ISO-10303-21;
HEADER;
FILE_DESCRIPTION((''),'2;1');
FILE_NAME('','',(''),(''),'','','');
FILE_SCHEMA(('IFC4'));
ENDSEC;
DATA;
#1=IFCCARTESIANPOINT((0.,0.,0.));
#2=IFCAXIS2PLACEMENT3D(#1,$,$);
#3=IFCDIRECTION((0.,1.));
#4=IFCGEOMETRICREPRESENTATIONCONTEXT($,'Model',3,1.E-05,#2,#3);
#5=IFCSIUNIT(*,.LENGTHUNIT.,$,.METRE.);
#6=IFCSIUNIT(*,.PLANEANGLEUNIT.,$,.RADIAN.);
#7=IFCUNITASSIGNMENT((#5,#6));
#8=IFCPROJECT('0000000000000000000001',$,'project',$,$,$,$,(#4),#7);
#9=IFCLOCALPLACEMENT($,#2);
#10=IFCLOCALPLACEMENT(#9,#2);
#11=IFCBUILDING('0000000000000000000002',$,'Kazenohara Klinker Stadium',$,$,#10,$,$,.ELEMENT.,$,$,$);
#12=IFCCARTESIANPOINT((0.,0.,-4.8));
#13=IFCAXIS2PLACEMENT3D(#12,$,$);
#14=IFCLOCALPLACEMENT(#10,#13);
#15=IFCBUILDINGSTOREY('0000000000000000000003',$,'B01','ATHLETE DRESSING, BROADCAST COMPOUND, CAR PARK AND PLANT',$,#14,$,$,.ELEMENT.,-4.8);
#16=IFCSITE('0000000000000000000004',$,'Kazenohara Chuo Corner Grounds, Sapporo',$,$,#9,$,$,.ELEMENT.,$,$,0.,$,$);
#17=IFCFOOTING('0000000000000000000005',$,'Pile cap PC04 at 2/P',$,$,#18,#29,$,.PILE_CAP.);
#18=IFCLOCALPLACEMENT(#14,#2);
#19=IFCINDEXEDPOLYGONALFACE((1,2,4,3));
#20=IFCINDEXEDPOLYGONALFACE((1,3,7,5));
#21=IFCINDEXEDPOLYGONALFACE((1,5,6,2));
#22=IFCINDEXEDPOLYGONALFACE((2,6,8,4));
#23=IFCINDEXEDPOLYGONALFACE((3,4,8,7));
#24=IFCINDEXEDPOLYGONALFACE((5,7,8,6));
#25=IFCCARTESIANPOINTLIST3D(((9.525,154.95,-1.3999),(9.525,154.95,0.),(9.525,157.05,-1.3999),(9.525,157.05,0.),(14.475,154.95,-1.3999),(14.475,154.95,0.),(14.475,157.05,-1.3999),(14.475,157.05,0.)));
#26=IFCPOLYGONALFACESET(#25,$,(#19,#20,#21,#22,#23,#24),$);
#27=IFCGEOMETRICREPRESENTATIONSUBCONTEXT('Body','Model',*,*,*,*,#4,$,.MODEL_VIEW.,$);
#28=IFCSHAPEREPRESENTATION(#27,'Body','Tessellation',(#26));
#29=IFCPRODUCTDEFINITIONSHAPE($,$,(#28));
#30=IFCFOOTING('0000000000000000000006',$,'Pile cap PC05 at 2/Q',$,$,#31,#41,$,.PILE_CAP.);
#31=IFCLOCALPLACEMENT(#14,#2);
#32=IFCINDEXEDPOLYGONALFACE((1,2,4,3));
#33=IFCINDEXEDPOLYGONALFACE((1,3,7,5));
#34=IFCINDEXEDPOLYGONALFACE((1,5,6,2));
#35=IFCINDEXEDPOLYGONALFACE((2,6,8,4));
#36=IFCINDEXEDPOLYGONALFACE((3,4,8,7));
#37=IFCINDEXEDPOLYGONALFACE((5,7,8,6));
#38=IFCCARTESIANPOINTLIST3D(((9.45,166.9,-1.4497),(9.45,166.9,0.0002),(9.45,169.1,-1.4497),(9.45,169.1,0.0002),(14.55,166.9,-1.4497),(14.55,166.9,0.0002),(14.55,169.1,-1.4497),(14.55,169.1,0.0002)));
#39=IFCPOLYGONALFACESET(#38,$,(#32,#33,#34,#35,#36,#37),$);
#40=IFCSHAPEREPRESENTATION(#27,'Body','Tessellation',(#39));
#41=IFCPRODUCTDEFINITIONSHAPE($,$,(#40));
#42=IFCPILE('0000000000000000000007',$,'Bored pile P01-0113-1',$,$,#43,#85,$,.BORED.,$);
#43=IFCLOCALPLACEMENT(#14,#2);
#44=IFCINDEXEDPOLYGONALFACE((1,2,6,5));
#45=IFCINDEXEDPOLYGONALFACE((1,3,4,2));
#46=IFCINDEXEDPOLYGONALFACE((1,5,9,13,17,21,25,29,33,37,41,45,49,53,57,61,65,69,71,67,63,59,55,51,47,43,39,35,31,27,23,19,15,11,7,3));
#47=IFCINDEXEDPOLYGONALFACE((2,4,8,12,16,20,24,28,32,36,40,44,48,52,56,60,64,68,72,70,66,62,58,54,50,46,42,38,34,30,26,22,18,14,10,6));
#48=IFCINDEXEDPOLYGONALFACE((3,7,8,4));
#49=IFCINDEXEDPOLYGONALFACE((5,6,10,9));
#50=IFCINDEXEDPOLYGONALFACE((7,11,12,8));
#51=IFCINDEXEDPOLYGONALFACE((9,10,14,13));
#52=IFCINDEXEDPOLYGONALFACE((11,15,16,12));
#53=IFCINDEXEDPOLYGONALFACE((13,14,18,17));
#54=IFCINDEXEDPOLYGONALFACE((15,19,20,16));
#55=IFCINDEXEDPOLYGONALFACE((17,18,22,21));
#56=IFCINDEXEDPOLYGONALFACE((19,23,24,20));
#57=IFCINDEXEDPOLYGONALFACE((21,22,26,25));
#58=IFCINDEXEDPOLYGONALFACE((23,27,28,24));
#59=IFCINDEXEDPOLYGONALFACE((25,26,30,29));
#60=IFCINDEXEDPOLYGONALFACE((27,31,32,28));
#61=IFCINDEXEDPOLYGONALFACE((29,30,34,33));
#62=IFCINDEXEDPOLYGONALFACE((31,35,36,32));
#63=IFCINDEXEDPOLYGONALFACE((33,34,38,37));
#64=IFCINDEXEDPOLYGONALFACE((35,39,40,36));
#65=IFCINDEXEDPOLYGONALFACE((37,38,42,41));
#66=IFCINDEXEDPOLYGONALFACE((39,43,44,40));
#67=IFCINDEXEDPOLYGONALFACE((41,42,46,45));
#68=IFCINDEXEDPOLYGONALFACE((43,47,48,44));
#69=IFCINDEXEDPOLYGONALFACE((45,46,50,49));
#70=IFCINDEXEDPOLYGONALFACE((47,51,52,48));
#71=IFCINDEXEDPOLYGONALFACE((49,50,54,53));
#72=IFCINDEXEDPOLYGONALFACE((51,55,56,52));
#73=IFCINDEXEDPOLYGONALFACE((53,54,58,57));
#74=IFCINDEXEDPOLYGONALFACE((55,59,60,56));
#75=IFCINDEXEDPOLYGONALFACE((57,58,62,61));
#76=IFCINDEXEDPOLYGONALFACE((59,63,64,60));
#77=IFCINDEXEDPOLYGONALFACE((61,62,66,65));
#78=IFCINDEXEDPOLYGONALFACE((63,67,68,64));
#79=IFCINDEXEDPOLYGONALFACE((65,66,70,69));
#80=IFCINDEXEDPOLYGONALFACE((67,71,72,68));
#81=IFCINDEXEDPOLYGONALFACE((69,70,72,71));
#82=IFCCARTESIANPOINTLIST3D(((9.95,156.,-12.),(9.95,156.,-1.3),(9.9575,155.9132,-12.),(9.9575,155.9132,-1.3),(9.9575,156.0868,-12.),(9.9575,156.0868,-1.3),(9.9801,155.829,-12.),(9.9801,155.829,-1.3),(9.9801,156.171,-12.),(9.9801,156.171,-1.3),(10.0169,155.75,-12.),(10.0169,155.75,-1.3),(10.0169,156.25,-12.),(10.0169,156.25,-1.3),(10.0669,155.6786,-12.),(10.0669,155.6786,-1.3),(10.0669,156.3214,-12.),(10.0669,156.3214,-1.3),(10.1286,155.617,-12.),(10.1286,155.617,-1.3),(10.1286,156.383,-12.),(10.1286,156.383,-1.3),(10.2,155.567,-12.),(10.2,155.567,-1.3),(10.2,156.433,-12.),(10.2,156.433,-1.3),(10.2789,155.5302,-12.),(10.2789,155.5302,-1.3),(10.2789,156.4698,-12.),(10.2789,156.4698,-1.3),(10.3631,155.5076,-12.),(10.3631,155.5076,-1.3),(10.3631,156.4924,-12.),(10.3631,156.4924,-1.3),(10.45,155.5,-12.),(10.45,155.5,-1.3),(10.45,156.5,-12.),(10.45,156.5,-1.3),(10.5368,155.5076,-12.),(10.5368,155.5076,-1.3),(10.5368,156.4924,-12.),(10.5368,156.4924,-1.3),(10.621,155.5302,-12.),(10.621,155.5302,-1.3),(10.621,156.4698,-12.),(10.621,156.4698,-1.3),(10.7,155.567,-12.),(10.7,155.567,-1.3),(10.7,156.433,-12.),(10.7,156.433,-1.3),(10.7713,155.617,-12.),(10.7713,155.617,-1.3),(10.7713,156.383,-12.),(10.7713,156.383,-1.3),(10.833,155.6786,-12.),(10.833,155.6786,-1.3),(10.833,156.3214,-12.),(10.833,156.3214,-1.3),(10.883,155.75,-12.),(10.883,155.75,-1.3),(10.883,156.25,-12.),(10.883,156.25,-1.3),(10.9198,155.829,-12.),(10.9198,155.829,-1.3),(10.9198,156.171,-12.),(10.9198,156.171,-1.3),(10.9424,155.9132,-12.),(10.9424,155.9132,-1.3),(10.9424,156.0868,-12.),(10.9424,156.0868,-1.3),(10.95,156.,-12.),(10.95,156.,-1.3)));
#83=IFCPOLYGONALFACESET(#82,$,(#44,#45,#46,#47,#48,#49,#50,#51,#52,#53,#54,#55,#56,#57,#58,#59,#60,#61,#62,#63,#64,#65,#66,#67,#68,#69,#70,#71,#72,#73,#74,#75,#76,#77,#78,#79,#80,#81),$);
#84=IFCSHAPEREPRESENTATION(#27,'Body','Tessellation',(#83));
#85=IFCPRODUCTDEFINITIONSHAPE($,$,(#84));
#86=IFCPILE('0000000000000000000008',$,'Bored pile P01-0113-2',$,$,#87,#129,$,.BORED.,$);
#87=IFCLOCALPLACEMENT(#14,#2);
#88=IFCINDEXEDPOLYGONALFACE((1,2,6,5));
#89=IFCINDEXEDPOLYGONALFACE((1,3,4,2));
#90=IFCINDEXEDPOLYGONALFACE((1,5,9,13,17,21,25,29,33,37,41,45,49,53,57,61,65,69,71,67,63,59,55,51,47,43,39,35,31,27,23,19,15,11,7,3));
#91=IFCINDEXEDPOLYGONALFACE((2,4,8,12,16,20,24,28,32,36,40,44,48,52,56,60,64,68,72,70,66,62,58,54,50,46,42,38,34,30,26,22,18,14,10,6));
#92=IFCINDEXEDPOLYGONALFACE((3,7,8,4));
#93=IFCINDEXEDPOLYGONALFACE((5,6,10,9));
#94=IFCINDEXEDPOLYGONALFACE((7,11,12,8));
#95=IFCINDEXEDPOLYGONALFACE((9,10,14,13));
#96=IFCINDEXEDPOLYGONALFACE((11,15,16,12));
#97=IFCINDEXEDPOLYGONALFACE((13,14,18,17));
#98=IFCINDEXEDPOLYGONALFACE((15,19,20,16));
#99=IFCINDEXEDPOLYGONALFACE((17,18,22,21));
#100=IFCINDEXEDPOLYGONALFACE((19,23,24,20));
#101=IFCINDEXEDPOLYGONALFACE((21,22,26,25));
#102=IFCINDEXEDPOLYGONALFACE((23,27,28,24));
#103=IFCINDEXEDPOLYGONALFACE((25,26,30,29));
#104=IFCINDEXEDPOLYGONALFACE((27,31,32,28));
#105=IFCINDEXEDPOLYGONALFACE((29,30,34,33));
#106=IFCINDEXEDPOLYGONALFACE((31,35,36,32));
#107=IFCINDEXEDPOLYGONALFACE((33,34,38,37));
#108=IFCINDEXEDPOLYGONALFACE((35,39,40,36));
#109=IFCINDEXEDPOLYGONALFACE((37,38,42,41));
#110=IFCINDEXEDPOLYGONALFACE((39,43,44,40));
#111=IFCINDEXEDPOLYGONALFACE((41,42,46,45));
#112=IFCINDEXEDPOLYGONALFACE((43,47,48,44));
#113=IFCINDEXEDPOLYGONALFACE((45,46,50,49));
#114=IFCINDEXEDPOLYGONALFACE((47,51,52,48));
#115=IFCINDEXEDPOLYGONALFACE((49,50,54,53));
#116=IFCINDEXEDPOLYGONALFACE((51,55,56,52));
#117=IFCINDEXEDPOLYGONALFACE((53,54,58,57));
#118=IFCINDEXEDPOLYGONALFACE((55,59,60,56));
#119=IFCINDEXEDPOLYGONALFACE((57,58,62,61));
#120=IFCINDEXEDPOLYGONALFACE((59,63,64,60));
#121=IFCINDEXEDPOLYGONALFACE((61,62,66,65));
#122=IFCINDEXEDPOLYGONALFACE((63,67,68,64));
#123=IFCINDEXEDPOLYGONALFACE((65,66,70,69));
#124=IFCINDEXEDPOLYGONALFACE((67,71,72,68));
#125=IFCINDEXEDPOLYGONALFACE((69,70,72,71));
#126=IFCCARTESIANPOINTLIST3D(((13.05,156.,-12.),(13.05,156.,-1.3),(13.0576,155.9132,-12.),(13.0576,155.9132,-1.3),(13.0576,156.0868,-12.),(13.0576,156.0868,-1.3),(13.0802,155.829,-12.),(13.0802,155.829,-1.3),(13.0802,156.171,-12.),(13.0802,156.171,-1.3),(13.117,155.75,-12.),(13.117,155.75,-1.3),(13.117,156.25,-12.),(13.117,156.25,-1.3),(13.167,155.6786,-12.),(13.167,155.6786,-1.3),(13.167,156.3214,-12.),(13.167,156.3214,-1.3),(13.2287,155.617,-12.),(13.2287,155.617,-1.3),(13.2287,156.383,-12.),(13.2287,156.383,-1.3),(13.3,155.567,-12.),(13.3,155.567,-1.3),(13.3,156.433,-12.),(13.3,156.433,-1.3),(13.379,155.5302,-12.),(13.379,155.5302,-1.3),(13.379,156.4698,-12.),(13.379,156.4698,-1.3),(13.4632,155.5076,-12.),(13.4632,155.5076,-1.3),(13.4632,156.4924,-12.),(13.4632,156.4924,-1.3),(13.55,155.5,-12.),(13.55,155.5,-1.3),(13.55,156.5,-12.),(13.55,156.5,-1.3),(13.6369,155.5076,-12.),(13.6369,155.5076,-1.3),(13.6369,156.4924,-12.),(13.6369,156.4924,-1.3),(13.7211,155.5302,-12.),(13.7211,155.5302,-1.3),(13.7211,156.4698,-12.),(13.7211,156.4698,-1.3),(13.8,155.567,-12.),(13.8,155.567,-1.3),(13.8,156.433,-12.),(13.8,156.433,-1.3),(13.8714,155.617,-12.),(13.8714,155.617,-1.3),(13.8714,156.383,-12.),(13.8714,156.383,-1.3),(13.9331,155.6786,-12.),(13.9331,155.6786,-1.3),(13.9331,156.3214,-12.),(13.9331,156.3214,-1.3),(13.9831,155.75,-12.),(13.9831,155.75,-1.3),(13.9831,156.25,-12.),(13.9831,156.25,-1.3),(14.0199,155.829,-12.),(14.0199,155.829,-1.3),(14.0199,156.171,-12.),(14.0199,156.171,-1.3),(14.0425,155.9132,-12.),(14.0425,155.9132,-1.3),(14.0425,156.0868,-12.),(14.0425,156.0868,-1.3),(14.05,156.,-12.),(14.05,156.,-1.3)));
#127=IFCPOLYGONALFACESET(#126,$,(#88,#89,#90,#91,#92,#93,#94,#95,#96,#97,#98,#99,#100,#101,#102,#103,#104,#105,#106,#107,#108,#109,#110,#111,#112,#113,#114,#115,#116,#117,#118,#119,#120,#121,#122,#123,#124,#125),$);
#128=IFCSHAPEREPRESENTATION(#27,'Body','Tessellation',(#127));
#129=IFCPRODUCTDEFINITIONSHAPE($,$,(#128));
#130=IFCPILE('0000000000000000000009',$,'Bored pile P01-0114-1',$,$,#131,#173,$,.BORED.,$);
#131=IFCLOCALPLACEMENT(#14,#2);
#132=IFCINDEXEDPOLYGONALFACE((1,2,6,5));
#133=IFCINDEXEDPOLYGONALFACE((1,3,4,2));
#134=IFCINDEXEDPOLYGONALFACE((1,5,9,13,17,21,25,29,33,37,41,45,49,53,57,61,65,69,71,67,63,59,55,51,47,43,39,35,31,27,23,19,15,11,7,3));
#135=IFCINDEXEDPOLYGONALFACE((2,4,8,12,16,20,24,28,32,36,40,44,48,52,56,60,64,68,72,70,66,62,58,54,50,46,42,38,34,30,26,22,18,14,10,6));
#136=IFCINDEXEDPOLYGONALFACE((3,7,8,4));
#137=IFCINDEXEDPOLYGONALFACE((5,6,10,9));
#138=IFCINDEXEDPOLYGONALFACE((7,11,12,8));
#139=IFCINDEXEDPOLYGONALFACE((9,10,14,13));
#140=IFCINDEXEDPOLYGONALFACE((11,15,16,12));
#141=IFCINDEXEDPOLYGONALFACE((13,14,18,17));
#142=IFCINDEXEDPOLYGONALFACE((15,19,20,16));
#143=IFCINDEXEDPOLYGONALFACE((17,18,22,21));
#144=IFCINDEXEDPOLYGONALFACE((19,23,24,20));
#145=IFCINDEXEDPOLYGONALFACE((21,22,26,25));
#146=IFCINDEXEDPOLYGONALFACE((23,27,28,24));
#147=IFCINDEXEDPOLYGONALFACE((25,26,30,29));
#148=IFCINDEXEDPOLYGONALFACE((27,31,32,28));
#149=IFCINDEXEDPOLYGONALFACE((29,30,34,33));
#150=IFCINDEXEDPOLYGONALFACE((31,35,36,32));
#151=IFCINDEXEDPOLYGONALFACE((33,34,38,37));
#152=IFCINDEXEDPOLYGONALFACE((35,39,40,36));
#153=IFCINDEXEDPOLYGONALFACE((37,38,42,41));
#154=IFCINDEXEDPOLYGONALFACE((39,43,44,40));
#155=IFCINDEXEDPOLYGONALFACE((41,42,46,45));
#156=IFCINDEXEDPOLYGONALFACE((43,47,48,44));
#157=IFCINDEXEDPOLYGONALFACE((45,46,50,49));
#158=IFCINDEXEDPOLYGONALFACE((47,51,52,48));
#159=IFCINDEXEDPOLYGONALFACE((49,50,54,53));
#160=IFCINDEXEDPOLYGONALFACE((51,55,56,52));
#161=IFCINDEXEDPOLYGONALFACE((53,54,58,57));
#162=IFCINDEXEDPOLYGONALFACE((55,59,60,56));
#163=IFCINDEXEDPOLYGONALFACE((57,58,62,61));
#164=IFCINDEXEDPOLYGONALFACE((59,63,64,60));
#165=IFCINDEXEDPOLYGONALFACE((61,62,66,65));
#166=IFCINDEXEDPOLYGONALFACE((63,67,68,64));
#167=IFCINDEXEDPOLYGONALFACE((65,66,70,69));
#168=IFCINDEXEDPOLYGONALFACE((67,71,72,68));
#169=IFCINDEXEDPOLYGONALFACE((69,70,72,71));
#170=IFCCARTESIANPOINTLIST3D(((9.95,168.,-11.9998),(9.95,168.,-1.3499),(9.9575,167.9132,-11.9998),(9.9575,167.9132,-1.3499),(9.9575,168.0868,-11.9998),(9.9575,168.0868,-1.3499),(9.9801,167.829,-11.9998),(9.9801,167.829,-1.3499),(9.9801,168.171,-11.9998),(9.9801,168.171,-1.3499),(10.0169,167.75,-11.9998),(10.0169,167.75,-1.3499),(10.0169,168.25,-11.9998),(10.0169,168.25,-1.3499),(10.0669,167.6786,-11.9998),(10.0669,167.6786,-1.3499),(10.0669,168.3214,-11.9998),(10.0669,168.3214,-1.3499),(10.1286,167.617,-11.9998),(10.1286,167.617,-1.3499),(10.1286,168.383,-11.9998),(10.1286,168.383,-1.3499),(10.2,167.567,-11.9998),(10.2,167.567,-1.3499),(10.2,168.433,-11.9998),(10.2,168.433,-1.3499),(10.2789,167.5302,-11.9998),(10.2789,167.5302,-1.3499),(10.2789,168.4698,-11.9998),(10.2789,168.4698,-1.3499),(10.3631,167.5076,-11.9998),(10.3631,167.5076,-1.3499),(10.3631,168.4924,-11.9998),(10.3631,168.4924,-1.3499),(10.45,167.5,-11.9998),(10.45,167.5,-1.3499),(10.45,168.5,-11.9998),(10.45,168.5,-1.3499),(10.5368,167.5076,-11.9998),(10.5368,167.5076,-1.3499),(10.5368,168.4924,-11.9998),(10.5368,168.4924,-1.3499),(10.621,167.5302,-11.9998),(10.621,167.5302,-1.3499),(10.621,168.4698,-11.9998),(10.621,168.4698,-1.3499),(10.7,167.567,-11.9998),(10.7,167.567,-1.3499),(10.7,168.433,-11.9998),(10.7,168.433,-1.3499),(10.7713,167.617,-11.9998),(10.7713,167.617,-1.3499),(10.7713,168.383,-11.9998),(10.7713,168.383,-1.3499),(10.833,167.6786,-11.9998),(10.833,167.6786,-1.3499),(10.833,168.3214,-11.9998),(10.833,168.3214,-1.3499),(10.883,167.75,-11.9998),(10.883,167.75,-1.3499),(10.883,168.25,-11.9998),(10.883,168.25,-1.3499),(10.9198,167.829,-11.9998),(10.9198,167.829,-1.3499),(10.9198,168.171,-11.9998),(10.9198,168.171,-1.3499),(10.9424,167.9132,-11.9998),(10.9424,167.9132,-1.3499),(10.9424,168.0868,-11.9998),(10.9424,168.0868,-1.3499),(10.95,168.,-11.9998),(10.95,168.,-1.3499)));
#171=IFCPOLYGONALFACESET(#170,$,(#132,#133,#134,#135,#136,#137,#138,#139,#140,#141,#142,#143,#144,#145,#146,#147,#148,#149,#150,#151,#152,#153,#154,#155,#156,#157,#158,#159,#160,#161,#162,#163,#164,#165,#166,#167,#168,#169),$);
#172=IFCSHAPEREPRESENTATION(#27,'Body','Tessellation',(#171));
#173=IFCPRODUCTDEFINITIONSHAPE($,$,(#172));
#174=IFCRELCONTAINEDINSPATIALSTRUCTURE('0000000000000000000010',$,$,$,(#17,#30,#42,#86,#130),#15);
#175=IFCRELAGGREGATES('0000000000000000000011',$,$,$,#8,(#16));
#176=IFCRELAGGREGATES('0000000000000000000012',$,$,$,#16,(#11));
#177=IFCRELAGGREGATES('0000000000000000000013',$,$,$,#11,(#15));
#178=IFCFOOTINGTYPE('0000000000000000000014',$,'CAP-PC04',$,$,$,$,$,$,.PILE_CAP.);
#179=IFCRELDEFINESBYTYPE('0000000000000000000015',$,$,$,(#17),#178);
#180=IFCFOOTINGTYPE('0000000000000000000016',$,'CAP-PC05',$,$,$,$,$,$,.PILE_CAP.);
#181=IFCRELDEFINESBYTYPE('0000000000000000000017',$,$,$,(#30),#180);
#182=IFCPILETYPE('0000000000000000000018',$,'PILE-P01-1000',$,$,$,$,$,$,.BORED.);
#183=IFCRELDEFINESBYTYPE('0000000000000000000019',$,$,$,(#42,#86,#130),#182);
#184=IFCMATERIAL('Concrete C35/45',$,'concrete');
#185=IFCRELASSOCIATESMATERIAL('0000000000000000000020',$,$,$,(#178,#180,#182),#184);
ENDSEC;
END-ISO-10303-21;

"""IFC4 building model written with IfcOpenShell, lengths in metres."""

from ifc_helpers import new_model, si_unit, direction, frame, origin, origin_2d, place, context, subcontext, project, spatial, rectangle, circle, extrude, material, material_profile, profile_set, type_object, element, save


model = new_model("IFC4")

# Units and contexts
model_context = context("Model", 3, precision=1e-05, world=origin(), true_north=direction((0.0, 1.0)))
body_context = subcontext(model_context, "Body", "Model", "MODEL_VIEW")
ifc_project = project(units=[si_unit("LENGTHUNIT", "METRE"), si_unit("PLANEANGLEUNIT", "RADIAN")], contexts=[model_context])

# Site, building, storey
site_placement = place(None, origin())
site = spatial("IfcSite", under=ifc_project, at=site_placement, Name="Kazenohara Chuo Corner Grounds, Sapporo", CompositionType="ELEMENT", RefElevation=0.0)
building_placement = place(site_placement, origin())
building = spatial("IfcBuilding", under=site, at=building_placement, Name="Kazenohara Klinker Stadium", CompositionType="ELEMENT")
storey_placement = place(building_placement, frame((0.0, 0.0, -4.8)))
storey = spatial("IfcBuildingStorey", under=building, at=storey_placement, Name="B01", Description="ATHLETE DRESSING, BROADCAST COMPOUND, CAR PARK AND PLANT", CompositionType="ELEMENT", Elevation=-4.8)

# Footings
ifc_material_1 = material(Name="Concrete C35/45", Category="concrete")
footing_type_1 = type_object("IfcFootingType", Name="CAP-PC04", PredefinedType="PILE_CAP", material=ifc_material_1)
footing_1_placement = place(storey_placement, frame((12.0, 156.0, -1.3999), z_axis=(0.0, 0.0, 1.0), x_axis=(1.0, 0.0, 0.0)))
element("IfcFooting", 1, at=footing_1_placement, inside=storey, type_object=footing_type_1, Name="Pile cap PC04 at 2/P", PredefinedType="PILE_CAP", context=body_context, shape_type="SweptSolid", body=[
    extrude(rectangle(XDim=4.95, YDim=2.1001, at=origin_2d()), origin(), (0.0, 0.0, 1.0), 1.3999),
])
footing_type_2 = type_object("IfcFootingType", Name="CAP-PC05", PredefinedType="PILE_CAP", material=ifc_material_1)
footing_2_placement = place(storey_placement, frame((12.0, 168.0, -1.4497), z_axis=(0.0, 0.0, 1.0), x_axis=(1.0, 0.0, 0.0)))
element("IfcFooting", 2, at=footing_2_placement, inside=storey, type_object=footing_type_2, Name="Pile cap PC05 at 2/Q", PredefinedType="PILE_CAP", context=body_context, shape_type="SweptSolid", body=[
    extrude(rectangle(XDim=5.1001, YDim=2.2, at=origin_2d()), origin(), (0.0, 0.0, 1.0), 1.45),
])

# Piles
ifc_material_profile_1 = material_profile(ifc_material_1, circle(Radius=0.5, at=origin_2d()), Name="BORED-PILE-1000")
ifc_profile_set_1 = profile_set([ifc_material_profile_1], Name="Concrete C35/45")
pile_type_1 = type_object("IfcPileType", Name="PILE-P01-1000", PredefinedType="BORED", material=ifc_profile_set_1)
for number, where, z_axis, x_axis, name in (
    (3, (10.45, 156.0, -1.3), (0.0, 0.0, -1.0), (1.0, 0.0, 0.0), "Bored pile P01-0113-1"),
    (4, (13.55, 156.0, -1.3), (0.0, 0.0, -1.0), (1.0, 0.0, 0.0), "Bored pile P01-0113-2"),
):
    element("IfcPile", number, at=place(storey_placement, frame(where, z_axis=z_axis, x_axis=x_axis)), inside=storey, type_object=pile_type_1, Name=name, PredefinedType="BORED", context=body_context, shape_type="SweptSolid", body=[
        extrude(circle(Radius=0.5, at=origin_2d()), origin(), (0.0, 0.0, 1.0), 10.7),
    ])
for number, where, z_axis, x_axis, name in (
    (5, (10.45, 168.0, -1.3499), (0.0, 0.0, -1.0), (1.0, 0.0, 0.0), "Bored pile P01-0114-1"),
):
    element("IfcPile", number, at=place(storey_placement, frame(where, z_axis=z_axis, x_axis=x_axis)), inside=storey, type_object=pile_type_1, Name=name, PredefinedType="BORED", context=body_context, shape_type="SweptSolid", body=[
        extrude(circle(Radius=0.5, at=origin_2d()), origin(), (0.0, 0.0, 1.0), 10.6499),
    ])

save(model, "model.ifc")
